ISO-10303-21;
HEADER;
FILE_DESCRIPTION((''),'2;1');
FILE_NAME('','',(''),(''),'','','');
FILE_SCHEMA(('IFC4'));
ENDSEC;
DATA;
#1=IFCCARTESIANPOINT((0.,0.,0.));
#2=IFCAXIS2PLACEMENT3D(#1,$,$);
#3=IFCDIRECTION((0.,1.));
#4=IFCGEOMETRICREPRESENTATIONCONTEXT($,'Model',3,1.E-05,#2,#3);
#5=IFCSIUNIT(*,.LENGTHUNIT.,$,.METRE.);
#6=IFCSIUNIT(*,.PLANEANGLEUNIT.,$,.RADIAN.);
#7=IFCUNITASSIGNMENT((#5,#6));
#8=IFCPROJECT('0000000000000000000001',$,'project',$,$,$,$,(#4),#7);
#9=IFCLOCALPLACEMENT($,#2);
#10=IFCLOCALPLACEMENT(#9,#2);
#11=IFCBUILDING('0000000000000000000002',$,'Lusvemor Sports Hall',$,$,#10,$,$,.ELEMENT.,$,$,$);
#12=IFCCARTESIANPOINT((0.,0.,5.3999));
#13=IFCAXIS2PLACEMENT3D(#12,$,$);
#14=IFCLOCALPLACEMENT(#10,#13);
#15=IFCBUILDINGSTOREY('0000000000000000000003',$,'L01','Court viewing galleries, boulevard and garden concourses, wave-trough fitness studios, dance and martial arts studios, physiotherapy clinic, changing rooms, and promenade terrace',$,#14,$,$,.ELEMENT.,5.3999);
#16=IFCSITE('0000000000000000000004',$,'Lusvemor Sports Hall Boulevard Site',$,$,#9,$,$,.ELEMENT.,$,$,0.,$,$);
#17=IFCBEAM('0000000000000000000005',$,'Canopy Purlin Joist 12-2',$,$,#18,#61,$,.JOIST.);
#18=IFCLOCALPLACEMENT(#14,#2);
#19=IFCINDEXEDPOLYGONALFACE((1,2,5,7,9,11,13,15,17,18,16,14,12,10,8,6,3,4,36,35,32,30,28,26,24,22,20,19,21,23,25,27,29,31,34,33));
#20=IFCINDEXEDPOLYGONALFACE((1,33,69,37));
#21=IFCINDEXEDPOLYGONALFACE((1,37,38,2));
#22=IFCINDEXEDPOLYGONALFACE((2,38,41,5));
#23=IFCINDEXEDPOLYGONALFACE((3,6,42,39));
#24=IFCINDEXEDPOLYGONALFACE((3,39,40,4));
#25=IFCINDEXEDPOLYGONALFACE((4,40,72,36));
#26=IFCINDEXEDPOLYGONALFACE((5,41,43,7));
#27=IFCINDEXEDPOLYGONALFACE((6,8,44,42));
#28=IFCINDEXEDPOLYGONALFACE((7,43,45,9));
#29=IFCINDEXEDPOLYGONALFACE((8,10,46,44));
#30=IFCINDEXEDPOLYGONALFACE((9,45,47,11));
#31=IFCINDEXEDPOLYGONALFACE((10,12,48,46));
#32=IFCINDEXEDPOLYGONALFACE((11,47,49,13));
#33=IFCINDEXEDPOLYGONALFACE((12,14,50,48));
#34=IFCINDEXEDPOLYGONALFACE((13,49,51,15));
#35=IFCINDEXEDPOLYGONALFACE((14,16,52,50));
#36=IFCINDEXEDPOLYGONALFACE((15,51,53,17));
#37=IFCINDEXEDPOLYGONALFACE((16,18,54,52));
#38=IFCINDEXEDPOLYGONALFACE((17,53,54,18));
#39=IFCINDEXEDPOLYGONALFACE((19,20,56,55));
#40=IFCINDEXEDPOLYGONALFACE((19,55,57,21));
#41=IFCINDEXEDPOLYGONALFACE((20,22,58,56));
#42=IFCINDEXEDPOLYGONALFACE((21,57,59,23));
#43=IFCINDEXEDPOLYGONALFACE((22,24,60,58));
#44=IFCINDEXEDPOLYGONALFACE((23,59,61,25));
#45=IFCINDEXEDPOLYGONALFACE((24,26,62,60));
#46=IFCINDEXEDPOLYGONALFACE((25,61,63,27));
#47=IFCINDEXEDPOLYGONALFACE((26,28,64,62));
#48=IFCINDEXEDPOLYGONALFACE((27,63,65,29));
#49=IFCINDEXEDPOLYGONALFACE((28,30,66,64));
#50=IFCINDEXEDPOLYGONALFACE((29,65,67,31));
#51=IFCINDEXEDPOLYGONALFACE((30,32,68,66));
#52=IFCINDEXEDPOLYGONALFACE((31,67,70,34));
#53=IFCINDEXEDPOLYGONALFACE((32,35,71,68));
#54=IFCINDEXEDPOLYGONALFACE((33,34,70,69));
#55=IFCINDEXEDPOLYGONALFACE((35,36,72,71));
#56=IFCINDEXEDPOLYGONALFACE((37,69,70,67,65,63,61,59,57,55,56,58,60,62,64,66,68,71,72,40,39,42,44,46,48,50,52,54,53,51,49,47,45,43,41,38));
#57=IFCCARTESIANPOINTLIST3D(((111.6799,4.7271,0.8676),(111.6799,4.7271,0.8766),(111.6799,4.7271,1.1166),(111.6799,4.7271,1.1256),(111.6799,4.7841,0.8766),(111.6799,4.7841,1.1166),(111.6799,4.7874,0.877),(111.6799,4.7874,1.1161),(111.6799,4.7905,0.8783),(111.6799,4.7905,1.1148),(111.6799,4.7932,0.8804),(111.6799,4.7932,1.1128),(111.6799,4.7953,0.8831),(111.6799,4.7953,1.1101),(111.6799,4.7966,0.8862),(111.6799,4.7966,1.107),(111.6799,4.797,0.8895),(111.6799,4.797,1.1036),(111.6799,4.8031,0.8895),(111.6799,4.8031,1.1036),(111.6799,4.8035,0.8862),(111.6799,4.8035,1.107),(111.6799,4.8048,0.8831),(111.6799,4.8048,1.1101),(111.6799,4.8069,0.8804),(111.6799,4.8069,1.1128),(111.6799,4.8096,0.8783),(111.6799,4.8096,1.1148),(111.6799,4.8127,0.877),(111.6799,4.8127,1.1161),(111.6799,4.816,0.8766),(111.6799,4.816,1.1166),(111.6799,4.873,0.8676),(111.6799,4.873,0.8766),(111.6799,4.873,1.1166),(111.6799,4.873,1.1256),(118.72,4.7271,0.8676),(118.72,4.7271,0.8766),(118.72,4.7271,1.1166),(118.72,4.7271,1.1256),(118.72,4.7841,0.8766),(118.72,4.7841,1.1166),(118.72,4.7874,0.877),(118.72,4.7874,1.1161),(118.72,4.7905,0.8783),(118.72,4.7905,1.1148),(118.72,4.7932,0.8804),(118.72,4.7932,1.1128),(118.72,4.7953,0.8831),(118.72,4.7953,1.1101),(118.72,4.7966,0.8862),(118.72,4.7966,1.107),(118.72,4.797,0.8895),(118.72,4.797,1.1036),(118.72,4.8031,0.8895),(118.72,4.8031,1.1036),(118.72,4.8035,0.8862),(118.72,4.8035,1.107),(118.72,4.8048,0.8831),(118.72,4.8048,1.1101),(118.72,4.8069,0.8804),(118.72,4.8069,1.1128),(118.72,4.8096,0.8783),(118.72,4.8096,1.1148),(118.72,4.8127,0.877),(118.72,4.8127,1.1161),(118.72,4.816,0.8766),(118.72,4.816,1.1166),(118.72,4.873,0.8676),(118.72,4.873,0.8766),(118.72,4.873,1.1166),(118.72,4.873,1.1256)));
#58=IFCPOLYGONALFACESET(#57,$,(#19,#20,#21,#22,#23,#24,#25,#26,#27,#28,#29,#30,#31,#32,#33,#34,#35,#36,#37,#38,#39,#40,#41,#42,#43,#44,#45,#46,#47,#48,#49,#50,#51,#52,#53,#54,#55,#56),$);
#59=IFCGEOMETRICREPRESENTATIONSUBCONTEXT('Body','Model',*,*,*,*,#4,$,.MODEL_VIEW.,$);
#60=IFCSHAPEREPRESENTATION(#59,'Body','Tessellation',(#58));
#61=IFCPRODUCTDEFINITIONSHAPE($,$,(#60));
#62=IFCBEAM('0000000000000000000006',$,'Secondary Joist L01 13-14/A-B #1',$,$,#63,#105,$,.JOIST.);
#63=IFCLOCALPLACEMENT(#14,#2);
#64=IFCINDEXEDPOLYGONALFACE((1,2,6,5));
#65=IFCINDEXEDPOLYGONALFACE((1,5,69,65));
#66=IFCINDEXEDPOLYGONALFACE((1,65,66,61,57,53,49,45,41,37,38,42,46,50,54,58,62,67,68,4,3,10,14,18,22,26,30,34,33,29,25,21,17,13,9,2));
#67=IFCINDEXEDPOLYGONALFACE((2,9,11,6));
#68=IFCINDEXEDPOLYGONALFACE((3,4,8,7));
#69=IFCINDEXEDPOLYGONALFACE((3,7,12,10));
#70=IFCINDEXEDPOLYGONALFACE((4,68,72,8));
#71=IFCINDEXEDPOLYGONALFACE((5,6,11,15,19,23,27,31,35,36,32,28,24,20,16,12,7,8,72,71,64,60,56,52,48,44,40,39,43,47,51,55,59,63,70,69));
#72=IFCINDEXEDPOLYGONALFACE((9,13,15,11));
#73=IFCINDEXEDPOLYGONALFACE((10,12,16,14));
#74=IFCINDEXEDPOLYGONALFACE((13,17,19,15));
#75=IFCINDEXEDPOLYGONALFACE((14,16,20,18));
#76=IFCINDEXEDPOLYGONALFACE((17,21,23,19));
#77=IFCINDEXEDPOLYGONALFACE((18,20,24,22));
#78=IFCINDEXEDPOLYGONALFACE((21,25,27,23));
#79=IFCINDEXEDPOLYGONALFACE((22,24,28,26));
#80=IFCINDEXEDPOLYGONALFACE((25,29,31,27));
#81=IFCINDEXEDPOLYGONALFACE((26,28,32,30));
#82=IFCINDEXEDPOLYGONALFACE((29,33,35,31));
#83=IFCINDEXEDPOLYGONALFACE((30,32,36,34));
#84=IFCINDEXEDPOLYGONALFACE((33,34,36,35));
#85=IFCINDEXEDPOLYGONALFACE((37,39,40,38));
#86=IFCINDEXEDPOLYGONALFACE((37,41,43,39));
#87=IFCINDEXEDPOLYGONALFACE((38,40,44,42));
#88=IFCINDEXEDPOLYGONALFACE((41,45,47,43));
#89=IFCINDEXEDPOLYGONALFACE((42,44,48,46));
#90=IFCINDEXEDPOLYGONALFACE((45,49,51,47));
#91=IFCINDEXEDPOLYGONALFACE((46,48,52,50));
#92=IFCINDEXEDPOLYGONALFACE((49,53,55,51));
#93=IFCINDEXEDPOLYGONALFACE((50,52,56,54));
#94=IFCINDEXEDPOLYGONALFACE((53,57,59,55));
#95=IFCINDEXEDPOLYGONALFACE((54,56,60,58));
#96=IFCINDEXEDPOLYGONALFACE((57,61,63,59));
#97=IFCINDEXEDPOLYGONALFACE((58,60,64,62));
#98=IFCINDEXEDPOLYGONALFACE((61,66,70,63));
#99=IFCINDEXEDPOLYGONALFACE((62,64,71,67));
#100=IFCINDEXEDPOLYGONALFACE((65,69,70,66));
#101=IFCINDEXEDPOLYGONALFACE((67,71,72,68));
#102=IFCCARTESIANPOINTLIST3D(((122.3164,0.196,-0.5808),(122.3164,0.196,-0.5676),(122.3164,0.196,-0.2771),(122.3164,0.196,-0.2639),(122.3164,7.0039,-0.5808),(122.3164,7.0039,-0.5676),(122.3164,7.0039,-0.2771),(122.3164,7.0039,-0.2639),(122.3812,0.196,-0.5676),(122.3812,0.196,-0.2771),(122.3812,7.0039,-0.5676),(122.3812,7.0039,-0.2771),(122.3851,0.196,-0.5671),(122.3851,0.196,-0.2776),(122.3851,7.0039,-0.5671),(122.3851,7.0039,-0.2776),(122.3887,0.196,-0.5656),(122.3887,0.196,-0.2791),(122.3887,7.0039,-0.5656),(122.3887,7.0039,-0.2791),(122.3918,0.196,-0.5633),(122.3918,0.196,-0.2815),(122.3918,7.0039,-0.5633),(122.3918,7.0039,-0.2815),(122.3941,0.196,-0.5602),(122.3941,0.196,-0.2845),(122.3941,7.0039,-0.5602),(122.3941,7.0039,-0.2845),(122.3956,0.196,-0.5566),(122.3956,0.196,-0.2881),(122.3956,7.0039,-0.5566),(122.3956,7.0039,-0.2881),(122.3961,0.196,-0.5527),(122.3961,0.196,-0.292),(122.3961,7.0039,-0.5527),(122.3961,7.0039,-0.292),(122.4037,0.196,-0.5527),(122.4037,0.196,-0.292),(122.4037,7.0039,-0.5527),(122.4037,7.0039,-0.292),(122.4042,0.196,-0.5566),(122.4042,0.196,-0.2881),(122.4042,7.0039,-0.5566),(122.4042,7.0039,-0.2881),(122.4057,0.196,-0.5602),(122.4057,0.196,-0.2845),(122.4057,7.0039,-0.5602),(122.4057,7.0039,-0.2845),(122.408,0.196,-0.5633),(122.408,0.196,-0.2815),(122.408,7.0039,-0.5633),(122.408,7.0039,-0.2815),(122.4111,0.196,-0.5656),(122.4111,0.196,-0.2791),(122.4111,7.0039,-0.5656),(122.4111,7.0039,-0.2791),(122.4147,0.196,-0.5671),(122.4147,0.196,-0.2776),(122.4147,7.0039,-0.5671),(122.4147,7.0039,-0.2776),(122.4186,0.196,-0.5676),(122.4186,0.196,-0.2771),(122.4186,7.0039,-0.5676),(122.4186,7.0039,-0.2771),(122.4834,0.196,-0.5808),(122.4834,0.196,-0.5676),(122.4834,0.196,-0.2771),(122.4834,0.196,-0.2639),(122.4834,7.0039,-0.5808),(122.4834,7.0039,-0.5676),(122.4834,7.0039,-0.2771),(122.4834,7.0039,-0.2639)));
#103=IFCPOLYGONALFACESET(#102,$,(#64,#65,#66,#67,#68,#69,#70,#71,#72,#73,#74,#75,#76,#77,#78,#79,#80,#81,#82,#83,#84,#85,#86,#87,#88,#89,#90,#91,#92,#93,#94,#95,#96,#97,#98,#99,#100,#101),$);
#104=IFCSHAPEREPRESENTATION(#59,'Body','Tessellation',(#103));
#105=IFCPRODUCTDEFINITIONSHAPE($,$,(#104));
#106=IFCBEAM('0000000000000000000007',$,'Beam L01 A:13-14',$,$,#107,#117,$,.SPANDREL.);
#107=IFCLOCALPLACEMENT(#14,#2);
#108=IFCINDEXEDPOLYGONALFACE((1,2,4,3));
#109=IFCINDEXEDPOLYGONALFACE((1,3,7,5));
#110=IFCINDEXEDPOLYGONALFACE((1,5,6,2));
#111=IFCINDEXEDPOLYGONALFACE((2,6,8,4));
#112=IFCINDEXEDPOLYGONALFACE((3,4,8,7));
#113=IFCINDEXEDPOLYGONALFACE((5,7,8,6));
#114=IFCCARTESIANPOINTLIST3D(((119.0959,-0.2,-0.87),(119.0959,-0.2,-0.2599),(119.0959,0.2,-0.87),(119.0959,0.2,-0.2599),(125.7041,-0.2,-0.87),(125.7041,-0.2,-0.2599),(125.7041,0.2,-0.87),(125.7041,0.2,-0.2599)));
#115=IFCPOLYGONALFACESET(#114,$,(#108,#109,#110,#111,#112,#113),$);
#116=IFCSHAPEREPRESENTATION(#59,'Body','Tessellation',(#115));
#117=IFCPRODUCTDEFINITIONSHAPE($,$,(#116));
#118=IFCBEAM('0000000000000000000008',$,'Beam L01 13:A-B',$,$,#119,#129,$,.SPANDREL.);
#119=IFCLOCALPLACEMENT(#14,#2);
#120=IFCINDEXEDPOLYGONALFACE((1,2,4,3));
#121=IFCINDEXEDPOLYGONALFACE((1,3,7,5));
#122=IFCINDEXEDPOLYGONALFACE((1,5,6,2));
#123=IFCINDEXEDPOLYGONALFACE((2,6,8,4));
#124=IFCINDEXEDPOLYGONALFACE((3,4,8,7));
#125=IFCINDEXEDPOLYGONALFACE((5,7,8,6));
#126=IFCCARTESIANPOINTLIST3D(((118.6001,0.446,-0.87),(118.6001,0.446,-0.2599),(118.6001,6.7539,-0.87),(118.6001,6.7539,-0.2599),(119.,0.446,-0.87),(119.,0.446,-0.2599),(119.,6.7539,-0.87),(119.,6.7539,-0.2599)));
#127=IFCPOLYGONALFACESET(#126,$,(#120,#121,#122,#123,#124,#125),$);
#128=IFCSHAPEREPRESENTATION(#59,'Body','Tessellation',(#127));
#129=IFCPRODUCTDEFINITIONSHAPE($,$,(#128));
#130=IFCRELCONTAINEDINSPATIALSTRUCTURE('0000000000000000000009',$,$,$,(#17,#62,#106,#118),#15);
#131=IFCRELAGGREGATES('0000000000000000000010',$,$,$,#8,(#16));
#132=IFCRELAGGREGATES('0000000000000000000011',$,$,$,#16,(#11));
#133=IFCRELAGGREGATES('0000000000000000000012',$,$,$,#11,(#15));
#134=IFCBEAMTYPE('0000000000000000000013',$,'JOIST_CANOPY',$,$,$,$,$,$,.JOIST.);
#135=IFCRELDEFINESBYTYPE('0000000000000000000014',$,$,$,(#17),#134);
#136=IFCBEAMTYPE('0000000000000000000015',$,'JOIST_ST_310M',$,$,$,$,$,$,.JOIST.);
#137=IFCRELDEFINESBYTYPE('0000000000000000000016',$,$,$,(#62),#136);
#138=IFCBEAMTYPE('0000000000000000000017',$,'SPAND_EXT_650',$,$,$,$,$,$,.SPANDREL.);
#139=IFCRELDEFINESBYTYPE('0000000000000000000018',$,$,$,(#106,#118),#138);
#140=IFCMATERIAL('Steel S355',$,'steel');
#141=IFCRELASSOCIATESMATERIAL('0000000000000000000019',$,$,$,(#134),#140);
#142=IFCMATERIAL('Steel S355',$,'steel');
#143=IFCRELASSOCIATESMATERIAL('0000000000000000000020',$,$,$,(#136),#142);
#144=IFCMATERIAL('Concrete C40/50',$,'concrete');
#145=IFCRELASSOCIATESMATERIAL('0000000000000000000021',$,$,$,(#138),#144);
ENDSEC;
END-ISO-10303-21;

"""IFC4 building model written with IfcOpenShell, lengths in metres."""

from ifc_helpers import new_model, si_unit, direction, frame, origin, origin_2d, place, context, subcontext, project, spatial, rectangle, i_section, extrude, material, material_profile, profile_set, type_object, element, save


model = new_model("IFC4")

# Units and contexts
model_context = context("Model", 3, precision=1e-05, world=origin(), true_north=direction((0.0, 1.0)))
body_context = subcontext(model_context, "Body", "Model", "MODEL_VIEW")
ifc_project = project(units=[si_unit("LENGTHUNIT", "METRE"), si_unit("PLANEANGLEUNIT", "RADIAN")], contexts=[model_context])

# Site, building, storey
site_placement = place(None, origin())
site = spatial("IfcSite", under=ifc_project, at=site_placement, Name="Lusvemor Sports Hall Boulevard Site", CompositionType="ELEMENT", RefElevation=0.0)
building_placement = place(site_placement, origin())
building = spatial("IfcBuilding", under=site, at=building_placement, Name="Lusvemor Sports Hall", CompositionType="ELEMENT")
storey_placement = place(building_placement, frame((0.0, 0.0, 5.3999)))
storey = spatial("IfcBuildingStorey", under=building, at=storey_placement, Name="L01", Description="Court viewing galleries, boulevard and garden concourses, wave-trough fitness studios, dance and martial arts studios, physiotherapy clinic, changing rooms, and promenade terrace", CompositionType="ELEMENT", Elevation=5.3999)

# Beams
ifc_material_1 = material(Name="Steel S355", Category="steel")
ifc_material_profile_1 = material_profile(ifc_material_1, i_section(OverallWidth=0.146, OverallDepth=0.2581, WebThickness=0.0061, FlangeThickness=0.009, FilletRadius=0.0129, at=origin_2d()), Name="W250x32.7")
ifc_profile_set_1 = profile_set([ifc_material_profile_1], Name="Steel S355")
beam_type_1 = type_object("IfcBeamType", Name="JOIST_CANOPY", PredefinedType="JOIST", material=ifc_profile_set_1)
for number, where, z_axis, x_axis, name in (
    (1, (111.6799, 4.8, 0.9966), (1.0, 0.0, 0.0), (0.0, 1.0, 0.0), "Canopy Purlin Joist 12-2"),
):
    element("IfcBeam", number, at=place(storey_placement, frame(where, z_axis=z_axis, x_axis=x_axis)), inside=storey, type_object=beam_type_1, Name=name, PredefinedType="JOIST", context=body_context, shape_type="SweptSolid", body=[
        extrude(i_section(OverallWidth=0.146, OverallDepth=0.2581, WebThickness=0.0061, FlangeThickness=0.009, FilletRadius=0.0129, at=origin_2d()), origin(), (0.0, 0.0, 1.0), 7.04),
    ])
ifc_material_2 = material(Name="Steel S355", Category="steel")
ifc_material_profile_2 = material_profile(ifc_material_2, i_section(OverallWidth=0.167, OverallDepth=0.3169, WebThickness=0.0076, FlangeThickness=0.0132, FilletRadius=0.0149, at=origin_2d()), Name="W310x52.0")
ifc_profile_set_2 = profile_set([ifc_material_profile_2], Name="Steel S355")
beam_type_2 = type_object("IfcBeamType", Name="JOIST_ST_310M", PredefinedType="JOIST", material=ifc_profile_set_2)
beam_1_placement = place(storey_placement, frame((122.3999, 0.196, -0.4224), z_axis=(0.0, 1.0, 0.0), x_axis=(-1.0, 0.0, 0.0)))
element("IfcBeam", 2, at=beam_1_placement, inside=storey, type_object=beam_type_2, Name="Secondary Joist L01 13-14/A-B #1", PredefinedType="JOIST", context=body_context, shape_type="SweptSolid", body=[
    extrude(i_section(OverallWidth=0.167, OverallDepth=0.3169, WebThickness=0.0076, FlangeThickness=0.0132, FilletRadius=0.0149, at=origin_2d()), origin(), (0.0, 0.0, 1.0), 6.8079),
])
ifc_material_3 = material(Name="Concrete C40/50", Category="concrete")
ifc_material_profile_3 = material_profile(ifc_material_3, rectangle(XDim=0.3999, YDim=0.6101, at=origin_2d()), Name="RC400x610")
ifc_profile_set_3 = profile_set([ifc_material_profile_3], Name="Concrete C40/50")
beam_type_3 = type_object("IfcBeamType", Name="SPAND_EXT_650", PredefinedType="SPANDREL", material=ifc_profile_set_3)
beam_2_placement = place(storey_placement, frame((119.0959, 0.0, -0.5649), z_axis=(1.0, 0.0, 0.0), x_axis=(0.0, 1.0, 0.0)))
element("IfcBeam", 3, at=beam_2_placement, inside=storey, type_object=beam_type_3, Name="Beam L01 A:13-14", PredefinedType="SPANDREL", context=body_context, shape_type="SweptSolid", body=[
    extrude(rectangle(XDim=0.3999, YDim=0.6101, at=origin_2d()), origin(), (0.0, 0.0, 1.0), 6.6082),
])
beam_3_placement = place(storey_placement, frame((118.8, 0.446, -0.5649), z_axis=(0.0, 1.0, 0.0), x_axis=(-1.0, 0.0, 0.0)))
element("IfcBeam", 4, at=beam_3_placement, inside=storey, type_object=beam_type_3, Name="Beam L01 13:A-B", PredefinedType="SPANDREL", context=body_context, shape_type="SweptSolid", body=[
    extrude(rectangle(XDim=0.3999, YDim=0.6101, at=origin_2d()), origin(), (0.0, 0.0, 1.0), 6.3079),
])

save(model, "model.ifc")
